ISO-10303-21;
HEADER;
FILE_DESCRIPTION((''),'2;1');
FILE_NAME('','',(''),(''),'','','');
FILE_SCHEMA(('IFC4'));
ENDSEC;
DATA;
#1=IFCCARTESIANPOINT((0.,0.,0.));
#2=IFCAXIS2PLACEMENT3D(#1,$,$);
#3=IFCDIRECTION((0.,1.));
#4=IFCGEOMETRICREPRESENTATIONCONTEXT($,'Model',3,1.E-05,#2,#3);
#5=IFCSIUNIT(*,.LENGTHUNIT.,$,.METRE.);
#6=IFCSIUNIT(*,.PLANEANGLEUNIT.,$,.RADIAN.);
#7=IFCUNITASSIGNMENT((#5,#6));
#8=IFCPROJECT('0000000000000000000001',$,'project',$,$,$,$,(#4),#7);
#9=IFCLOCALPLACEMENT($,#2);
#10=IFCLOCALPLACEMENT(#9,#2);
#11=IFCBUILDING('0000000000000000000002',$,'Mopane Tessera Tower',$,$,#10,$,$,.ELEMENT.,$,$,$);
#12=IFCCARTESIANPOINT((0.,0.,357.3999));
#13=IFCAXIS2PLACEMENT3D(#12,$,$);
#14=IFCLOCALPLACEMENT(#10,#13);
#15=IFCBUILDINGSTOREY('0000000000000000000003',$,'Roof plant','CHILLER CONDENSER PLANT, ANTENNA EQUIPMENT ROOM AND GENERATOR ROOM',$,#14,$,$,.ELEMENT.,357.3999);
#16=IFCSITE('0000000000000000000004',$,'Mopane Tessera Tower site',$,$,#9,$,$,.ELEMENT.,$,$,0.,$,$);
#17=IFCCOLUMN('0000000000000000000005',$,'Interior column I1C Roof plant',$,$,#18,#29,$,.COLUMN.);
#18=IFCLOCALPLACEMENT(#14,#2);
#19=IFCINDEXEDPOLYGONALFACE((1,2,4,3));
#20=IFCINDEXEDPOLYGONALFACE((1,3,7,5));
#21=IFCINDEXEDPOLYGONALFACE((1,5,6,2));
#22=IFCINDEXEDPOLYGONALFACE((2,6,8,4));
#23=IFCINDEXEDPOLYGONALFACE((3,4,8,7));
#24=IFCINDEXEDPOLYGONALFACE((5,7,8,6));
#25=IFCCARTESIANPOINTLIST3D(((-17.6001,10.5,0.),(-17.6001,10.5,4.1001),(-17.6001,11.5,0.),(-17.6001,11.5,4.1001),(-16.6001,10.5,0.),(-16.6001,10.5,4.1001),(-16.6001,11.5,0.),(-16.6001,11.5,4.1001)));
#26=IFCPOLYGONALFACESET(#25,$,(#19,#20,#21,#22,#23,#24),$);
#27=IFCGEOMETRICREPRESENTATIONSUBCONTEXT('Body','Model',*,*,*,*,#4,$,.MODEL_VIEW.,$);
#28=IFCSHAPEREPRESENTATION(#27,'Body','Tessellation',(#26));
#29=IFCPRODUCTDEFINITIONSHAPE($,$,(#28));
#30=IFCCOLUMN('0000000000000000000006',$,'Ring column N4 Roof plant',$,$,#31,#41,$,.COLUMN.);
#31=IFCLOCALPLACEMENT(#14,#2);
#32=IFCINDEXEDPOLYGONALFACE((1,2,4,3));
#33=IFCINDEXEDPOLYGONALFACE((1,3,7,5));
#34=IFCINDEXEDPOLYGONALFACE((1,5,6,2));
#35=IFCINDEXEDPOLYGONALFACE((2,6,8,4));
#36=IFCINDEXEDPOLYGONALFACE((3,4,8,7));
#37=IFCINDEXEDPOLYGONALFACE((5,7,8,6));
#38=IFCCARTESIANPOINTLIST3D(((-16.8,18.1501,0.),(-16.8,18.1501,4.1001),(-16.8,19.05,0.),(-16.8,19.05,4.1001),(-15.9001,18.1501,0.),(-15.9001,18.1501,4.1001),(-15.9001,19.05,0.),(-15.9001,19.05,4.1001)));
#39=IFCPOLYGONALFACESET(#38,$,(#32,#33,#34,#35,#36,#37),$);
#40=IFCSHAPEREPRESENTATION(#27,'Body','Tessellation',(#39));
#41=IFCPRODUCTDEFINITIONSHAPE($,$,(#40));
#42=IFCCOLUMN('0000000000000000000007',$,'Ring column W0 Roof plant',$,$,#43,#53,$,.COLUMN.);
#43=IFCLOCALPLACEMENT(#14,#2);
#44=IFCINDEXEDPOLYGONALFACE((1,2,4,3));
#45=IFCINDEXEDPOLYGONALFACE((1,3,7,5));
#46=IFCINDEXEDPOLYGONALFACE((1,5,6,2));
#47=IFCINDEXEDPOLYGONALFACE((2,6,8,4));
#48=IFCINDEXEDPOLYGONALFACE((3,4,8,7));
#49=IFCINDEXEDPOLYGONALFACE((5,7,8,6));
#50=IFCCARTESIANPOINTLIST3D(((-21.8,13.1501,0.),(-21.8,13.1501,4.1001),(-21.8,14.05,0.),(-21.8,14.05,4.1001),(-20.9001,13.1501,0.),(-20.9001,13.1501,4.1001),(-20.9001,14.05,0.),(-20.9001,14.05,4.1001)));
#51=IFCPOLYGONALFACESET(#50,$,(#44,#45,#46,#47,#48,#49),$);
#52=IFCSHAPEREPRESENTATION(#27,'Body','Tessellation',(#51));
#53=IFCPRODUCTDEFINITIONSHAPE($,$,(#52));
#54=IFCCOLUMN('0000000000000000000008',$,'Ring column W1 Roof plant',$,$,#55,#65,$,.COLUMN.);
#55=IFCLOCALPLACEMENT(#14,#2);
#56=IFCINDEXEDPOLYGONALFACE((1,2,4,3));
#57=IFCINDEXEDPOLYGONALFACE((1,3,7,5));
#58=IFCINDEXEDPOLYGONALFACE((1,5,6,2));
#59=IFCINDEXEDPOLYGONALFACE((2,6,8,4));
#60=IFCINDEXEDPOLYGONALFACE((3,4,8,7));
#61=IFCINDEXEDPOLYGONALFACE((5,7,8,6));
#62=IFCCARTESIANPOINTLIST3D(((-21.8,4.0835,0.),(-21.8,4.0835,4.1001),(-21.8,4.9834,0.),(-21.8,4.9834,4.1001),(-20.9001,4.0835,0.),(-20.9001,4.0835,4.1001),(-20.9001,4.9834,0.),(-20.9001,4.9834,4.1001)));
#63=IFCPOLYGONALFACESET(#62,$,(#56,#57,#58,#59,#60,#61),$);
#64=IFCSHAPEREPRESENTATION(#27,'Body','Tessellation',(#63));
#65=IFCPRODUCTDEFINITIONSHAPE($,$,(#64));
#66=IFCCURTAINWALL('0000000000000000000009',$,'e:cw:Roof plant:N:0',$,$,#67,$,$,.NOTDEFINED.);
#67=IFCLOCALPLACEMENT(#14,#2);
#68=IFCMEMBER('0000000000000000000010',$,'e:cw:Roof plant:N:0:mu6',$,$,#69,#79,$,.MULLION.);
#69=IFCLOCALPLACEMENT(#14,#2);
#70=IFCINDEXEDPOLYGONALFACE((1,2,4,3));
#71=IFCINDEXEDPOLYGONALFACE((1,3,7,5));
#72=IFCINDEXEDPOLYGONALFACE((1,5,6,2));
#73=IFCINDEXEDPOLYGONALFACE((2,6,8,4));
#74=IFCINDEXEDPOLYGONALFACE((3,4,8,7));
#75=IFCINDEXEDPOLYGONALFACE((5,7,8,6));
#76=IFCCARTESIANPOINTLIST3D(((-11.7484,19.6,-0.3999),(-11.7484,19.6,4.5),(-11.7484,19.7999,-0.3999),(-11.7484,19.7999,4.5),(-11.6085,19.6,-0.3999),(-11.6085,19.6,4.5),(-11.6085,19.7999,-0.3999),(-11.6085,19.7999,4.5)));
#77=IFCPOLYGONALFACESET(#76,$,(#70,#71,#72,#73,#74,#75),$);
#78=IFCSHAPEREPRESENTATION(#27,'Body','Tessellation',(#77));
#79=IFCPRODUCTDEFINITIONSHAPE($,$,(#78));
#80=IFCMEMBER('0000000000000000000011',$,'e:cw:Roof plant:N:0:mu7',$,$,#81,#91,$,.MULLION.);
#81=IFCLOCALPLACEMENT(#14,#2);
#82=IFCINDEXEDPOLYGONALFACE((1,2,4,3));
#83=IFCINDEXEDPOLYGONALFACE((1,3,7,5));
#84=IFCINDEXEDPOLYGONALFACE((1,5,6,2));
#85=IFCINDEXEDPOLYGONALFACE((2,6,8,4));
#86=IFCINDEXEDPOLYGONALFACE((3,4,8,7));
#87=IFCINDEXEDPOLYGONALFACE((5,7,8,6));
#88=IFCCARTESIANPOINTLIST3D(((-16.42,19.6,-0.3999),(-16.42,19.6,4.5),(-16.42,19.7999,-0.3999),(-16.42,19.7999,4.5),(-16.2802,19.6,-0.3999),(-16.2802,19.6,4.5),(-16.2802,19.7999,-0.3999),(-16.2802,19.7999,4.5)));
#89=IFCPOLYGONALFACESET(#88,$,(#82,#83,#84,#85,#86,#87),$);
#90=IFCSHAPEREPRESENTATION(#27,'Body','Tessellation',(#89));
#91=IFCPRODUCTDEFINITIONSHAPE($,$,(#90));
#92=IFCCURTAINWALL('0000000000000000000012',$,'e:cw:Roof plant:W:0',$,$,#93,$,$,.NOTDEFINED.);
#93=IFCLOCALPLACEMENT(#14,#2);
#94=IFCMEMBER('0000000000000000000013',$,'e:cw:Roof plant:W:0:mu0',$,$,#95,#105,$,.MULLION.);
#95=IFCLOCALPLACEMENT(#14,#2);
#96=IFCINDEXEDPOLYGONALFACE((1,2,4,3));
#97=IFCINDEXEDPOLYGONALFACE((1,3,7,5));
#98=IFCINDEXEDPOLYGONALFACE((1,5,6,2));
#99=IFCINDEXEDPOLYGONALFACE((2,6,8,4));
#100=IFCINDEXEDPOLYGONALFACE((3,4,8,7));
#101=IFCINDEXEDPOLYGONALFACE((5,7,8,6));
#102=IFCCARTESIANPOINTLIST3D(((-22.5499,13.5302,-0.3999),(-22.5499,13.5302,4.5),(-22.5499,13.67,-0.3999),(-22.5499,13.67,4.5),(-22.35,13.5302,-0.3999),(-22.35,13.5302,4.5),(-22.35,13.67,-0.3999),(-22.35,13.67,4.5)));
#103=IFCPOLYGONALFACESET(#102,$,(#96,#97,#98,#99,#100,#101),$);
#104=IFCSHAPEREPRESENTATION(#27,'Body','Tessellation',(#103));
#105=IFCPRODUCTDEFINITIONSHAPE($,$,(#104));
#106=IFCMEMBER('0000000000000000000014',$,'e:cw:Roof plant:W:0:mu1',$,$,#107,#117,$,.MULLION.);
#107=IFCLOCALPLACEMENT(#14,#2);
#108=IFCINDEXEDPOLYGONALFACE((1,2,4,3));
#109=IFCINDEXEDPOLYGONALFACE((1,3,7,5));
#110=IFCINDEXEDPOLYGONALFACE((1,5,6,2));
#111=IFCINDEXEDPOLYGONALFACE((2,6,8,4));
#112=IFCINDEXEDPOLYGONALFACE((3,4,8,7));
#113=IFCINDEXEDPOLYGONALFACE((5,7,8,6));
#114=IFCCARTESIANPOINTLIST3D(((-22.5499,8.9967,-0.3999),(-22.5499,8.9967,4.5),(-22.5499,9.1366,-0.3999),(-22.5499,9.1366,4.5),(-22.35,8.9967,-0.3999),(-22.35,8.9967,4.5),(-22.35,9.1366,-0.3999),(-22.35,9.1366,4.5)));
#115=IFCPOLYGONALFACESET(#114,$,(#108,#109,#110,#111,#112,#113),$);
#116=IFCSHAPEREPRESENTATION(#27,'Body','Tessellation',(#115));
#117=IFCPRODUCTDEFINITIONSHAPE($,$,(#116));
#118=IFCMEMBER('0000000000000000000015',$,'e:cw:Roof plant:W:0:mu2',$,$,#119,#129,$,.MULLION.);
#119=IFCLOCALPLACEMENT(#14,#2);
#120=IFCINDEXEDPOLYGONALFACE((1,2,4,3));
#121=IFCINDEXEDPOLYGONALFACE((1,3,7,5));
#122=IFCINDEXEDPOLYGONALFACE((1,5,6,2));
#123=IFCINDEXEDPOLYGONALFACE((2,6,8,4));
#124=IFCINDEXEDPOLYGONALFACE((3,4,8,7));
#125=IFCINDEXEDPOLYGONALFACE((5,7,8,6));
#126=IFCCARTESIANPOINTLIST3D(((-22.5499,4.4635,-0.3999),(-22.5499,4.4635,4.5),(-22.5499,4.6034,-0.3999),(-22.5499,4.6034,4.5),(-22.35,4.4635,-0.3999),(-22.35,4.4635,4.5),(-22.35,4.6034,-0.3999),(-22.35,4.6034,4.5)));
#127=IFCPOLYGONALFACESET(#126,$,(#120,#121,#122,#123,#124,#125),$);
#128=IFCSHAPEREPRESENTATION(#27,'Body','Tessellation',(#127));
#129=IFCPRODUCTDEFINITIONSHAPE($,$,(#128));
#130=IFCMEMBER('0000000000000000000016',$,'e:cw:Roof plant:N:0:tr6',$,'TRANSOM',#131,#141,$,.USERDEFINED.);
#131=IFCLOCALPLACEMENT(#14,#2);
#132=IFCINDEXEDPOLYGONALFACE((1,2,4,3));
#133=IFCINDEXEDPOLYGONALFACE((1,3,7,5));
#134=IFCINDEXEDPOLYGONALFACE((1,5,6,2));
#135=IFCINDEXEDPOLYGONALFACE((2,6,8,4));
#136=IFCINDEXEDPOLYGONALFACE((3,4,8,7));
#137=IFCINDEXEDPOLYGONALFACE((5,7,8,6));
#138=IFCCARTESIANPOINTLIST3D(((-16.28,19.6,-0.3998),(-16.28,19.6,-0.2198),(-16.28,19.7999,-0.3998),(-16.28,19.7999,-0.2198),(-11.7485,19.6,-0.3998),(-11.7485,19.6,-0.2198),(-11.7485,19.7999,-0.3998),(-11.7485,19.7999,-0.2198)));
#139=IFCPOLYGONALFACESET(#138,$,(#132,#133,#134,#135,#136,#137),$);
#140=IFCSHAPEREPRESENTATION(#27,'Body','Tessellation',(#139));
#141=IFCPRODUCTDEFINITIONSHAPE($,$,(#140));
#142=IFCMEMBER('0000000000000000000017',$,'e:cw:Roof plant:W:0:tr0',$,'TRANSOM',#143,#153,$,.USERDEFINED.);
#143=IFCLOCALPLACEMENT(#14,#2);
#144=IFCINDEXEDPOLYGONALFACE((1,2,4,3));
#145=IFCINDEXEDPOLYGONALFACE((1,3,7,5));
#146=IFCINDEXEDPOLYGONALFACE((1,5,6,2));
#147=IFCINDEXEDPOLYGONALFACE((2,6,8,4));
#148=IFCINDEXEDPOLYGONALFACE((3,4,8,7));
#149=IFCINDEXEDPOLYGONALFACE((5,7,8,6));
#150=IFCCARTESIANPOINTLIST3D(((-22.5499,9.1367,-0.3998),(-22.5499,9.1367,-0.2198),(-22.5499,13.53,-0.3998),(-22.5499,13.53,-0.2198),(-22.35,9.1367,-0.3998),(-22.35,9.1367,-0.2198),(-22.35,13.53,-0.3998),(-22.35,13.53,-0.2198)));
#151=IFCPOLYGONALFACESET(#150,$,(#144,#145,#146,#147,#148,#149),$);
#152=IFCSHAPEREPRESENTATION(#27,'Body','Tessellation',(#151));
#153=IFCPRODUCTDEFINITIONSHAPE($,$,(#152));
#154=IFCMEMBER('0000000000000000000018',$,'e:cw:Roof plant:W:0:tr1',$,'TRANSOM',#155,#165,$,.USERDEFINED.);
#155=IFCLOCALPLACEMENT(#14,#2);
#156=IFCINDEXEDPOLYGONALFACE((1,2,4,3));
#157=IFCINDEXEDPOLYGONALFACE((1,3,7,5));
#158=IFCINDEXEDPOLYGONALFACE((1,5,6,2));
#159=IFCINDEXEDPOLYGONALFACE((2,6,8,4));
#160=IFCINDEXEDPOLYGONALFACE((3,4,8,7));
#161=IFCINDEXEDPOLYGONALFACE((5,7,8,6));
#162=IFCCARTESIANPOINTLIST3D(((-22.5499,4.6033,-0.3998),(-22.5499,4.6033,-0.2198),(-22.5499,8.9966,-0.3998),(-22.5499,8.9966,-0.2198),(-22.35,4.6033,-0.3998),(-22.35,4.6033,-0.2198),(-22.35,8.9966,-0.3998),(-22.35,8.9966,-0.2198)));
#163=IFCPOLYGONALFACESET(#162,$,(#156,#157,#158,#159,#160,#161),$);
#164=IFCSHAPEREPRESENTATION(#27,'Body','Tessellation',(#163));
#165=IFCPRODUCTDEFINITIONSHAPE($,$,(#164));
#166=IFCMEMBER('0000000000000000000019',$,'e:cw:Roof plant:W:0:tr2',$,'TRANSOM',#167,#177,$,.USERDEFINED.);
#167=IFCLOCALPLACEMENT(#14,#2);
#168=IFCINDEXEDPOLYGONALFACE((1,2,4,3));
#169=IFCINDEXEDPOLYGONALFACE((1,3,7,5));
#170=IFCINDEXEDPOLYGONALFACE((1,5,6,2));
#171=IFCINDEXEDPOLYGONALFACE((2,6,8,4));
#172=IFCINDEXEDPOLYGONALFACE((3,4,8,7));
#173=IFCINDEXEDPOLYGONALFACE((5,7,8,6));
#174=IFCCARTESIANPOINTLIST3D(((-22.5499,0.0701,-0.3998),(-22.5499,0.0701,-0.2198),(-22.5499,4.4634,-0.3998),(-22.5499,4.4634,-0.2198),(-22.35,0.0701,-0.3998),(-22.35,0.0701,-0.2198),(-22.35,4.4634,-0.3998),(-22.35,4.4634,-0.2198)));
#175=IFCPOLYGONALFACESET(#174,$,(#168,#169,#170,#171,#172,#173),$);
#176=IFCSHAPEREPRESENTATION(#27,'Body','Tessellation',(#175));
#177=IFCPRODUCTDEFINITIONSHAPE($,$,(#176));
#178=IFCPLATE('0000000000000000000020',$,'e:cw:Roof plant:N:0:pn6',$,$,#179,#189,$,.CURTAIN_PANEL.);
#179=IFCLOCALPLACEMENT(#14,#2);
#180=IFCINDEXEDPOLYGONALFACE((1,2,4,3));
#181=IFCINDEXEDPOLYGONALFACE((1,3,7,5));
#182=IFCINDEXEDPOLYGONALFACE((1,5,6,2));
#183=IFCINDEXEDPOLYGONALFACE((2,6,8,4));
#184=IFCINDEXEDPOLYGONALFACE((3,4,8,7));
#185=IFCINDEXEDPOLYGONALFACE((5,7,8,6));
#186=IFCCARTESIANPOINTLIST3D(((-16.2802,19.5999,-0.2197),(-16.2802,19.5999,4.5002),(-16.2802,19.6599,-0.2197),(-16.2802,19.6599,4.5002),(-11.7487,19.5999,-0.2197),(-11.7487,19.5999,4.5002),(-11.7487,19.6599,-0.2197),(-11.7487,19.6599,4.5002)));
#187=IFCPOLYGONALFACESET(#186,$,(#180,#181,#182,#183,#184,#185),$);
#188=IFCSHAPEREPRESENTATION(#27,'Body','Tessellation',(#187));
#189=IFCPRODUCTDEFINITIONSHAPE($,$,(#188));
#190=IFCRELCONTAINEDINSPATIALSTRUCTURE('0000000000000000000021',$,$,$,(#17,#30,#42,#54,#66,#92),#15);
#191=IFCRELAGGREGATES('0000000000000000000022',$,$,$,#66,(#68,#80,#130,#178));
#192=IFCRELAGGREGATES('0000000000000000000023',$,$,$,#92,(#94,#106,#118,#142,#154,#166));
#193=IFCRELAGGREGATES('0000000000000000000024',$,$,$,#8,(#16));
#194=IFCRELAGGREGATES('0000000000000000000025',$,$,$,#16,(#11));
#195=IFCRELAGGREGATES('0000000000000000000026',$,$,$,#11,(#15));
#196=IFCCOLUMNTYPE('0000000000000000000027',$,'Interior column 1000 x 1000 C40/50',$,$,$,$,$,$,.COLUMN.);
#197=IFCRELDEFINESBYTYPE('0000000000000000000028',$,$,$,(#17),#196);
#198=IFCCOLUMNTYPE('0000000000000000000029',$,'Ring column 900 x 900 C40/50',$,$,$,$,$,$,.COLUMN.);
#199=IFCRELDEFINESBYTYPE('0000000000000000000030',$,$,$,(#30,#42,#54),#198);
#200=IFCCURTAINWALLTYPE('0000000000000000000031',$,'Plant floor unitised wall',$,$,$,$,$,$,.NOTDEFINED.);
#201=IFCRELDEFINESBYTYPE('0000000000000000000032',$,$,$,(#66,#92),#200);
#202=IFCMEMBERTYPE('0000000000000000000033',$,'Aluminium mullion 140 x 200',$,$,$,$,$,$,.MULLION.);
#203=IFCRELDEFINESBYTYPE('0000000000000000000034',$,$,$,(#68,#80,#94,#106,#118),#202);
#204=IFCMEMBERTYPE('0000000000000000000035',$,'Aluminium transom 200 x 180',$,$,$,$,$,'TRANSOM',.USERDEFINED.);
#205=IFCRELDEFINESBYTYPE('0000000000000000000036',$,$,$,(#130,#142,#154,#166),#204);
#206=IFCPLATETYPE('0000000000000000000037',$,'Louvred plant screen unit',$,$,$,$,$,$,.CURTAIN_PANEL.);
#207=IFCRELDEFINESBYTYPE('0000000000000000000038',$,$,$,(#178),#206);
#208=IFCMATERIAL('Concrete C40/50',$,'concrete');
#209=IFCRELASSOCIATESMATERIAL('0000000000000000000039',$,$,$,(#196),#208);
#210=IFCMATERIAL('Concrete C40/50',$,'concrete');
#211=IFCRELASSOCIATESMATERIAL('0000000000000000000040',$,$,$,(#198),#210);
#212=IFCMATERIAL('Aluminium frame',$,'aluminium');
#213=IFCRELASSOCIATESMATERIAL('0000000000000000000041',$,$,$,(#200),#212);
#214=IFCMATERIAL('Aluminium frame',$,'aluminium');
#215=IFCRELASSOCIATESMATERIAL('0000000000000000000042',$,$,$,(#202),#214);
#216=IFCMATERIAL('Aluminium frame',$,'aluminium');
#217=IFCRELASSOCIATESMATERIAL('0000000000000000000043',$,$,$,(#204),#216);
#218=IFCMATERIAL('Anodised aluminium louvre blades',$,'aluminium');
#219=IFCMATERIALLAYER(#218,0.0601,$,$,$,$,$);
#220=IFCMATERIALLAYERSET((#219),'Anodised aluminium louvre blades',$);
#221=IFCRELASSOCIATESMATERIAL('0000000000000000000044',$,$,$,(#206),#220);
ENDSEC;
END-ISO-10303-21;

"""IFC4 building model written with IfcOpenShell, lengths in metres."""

from ifc_helpers import new_model, si_unit, direction, frame, origin, origin_2d, place, context, subcontext, project, spatial, rectangle, extrude, material, layer, layer_set, material_profile, profile_set, type_object, element, aggregate, save


model = new_model("IFC4")

# Units and contexts
model_context = context("Model", 3, precision=1e-05, world=origin(), true_north=direction((0.0, 1.0)))
body_context = subcontext(model_context, "Body", "Model", "MODEL_VIEW")
ifc_project = project(units=[si_unit("LENGTHUNIT", "METRE"), si_unit("PLANEANGLEUNIT", "RADIAN")], contexts=[model_context])

# Site, building, storey
site_placement = place(None, origin())
site = spatial("IfcSite", under=ifc_project, at=site_placement, Name="Mopane Tessera Tower site", CompositionType="ELEMENT", RefElevation=0.0)
building_placement = place(site_placement, origin())
building = spatial("IfcBuilding", under=site, at=building_placement, Name="Mopane Tessera Tower", CompositionType="ELEMENT")
storey_placement = place(building_placement, frame((0.0, 0.0, 357.3999)))
storey = spatial("IfcBuildingStorey", under=building, at=storey_placement, Name="Roof plant", Description="CHILLER CONDENSER PLANT, ANTENNA EQUIPMENT ROOM AND GENERATOR ROOM", CompositionType="ELEMENT", Elevation=357.3999)

# Columns
ifc_material_1 = material(Name="Concrete C40/50", Category="concrete")
ifc_material_profile_1 = material_profile(ifc_material_1, rectangle(XDim=1.0, YDim=1.0, at=origin_2d()))
ifc_profile_set_1 = profile_set([ifc_material_profile_1], Name="Concrete C40/50")
column_type_1 = type_object("IfcColumnType", Name="Interior column 1000 x 1000 C40/50", PredefinedType="COLUMN", material=ifc_profile_set_1)
column_placement = place(storey_placement, frame((-17.1001, 11.0, 0.0), z_axis=(0.0, 0.0, 1.0), x_axis=(1.0, 0.0, 0.0)))
element("IfcColumn", 1, at=column_placement, inside=storey, type_object=column_type_1, Name="Interior column I1C Roof plant", PredefinedType="COLUMN", context=body_context, shape_type="SweptSolid", body=[
    extrude(rectangle(XDim=1.0, YDim=1.0, at=origin_2d()), origin(), (0.0, 0.0, 1.0), 4.1001),
])
ifc_material_2 = material(Name="Concrete C40/50", Category="concrete")
ifc_material_profile_2 = material_profile(ifc_material_2, rectangle(XDim=0.8999, YDim=0.8999, at=origin_2d()))
ifc_profile_set_2 = profile_set([ifc_material_profile_2], Name="Concrete C40/50")
column_type_2 = type_object("IfcColumnType", Name="Ring column 900 x 900 C40/50", PredefinedType="COLUMN", material=ifc_profile_set_2)
for number, where, z_axis, x_axis, name in (
    (2, (-16.3501, 18.6001, 0.0), (0.0, 0.0, 1.0), (1.0, 0.0, 0.0), "Ring column N4 Roof plant"),
    (3, (-21.3501, 13.6001, 0.0), (0.0, 0.0, 1.0), (1.0, 0.0, 0.0), "Ring column W0 Roof plant"),
    (4, (-21.3501, 4.5334, 0.0), (0.0, 0.0, 1.0), (1.0, 0.0, 0.0), "Ring column W1 Roof plant"),
):
    element("IfcColumn", number, at=place(storey_placement, frame(where, z_axis=z_axis, x_axis=x_axis)), inside=storey, type_object=column_type_2, Name=name, PredefinedType="COLUMN", context=body_context, shape_type="SweptSolid", body=[
        extrude(rectangle(XDim=0.8999, YDim=0.8999, at=origin_2d()), origin(), (0.0, 0.0, 1.0), 4.1001),
    ])

# Curtain walls, members
ifc_material_3 = material(Name="Aluminium frame", Category="aluminium")
curtain_wall_type = type_object("IfcCurtainWallType", Name="Plant floor unitised wall", PredefinedType="NOTDEFINED", material=ifc_material_3)
curtain_wall_1_placement = place(storey_placement, origin())
curtain_wall_1 = element("IfcCurtainWall", 5, at=curtain_wall_1_placement, inside=storey, type_object=curtain_wall_type, Name="e:cw:Roof plant:N:0", PredefinedType="NOTDEFINED")
ifc_material_4 = material(Name="Aluminium frame", Category="aluminium")
ifc_material_profile_3 = material_profile(ifc_material_4, rectangle(XDim=0.1399, YDim=0.2, at=origin_2d()))
ifc_profile_set_3 = profile_set([ifc_material_profile_3], Name="Aluminium frame")
member_type_1 = type_object("IfcMemberType", Name="Aluminium mullion 140 x 200", PredefinedType="MULLION", material=ifc_profile_set_3)
member_1_placement = place(storey_placement, frame((-11.6785, 19.7, -0.3999), z_axis=(0.0, 0.0, 1.0), x_axis=(-1.0, 0.0, 0.0)))
member_1 = element("IfcMember", 6, at=member_1_placement, type_object=member_type_1, Name="e:cw:Roof plant:N:0:mu6", PredefinedType="MULLION", context=body_context, shape_type="SweptSolid", body=[
    extrude(rectangle(XDim=0.1399, YDim=0.2, at=origin_2d()), origin(), (0.0, 0.0, 1.0), 4.8999),
])
member_2_placement = place(storey_placement, frame((-16.3501, 19.7, -0.3999), z_axis=(0.0, 0.0, 1.0), x_axis=(-1.0, 0.0, 0.0)))
member_2 = element("IfcMember", 7, at=member_2_placement, type_object=member_type_1, Name="e:cw:Roof plant:N:0:mu7", PredefinedType="MULLION", context=body_context, shape_type="SweptSolid", body=[
    extrude(rectangle(XDim=0.1399, YDim=0.2, at=origin_2d()), origin(), (0.0, 0.0, 1.0), 4.8999),
])
curtain_wall_2_placement = place(storey_placement, origin())
curtain_wall_2 = element("IfcCurtainWall", 8, at=curtain_wall_2_placement, inside=storey, type_object=curtain_wall_type, Name="e:cw:Roof plant:W:0", PredefinedType="NOTDEFINED")
member_3_placement = place(storey_placement, frame((-22.45, 13.6001, -0.3999), z_axis=(0.0, 0.0, 1.0), x_axis=(0.0, -1.0, 0.0)))
member_3 = element("IfcMember", 9, at=member_3_placement, type_object=member_type_1, Name="e:cw:Roof plant:W:0:mu0", PredefinedType="MULLION", context=body_context, shape_type="SweptSolid", body=[
    extrude(rectangle(XDim=0.1399, YDim=0.2, at=origin_2d()), origin(), (0.0, 0.0, 1.0), 4.8999),
])
member_4_placement = place(storey_placement, frame((-22.45, 9.0667, -0.3999), z_axis=(0.0, 0.0, 1.0), x_axis=(0.0, -1.0, 0.0)))
member_4 = element("IfcMember", 10, at=member_4_placement, type_object=member_type_1, Name="e:cw:Roof plant:W:0:mu1", PredefinedType="MULLION", context=body_context, shape_type="SweptSolid", body=[
    extrude(rectangle(XDim=0.1399, YDim=0.2, at=origin_2d()), origin(), (0.0, 0.0, 1.0), 4.8999),
])
member_5_placement = place(storey_placement, frame((-22.45, 4.5334, -0.3999), z_axis=(0.0, 0.0, 1.0), x_axis=(0.0, -1.0, 0.0)))
member_5 = element("IfcMember", 11, at=member_5_placement, type_object=member_type_1, Name="e:cw:Roof plant:W:0:mu2", PredefinedType="MULLION", context=body_context, shape_type="SweptSolid", body=[
    extrude(rectangle(XDim=0.1399, YDim=0.2, at=origin_2d()), origin(), (0.0, 0.0, 1.0), 4.8999),
])

# Members
ifc_material_5 = material(Name="Aluminium frame", Category="aluminium")
ifc_material_profile_4 = material_profile(ifc_material_5, rectangle(XDim=0.2, YDim=0.1799, at=origin_2d()))
ifc_profile_set_4 = profile_set([ifc_material_profile_4], Name="Aluminium frame")
member_type_2 = type_object("IfcMemberType", Name="Aluminium transom 200 x 180", ElementType="TRANSOM", PredefinedType="USERDEFINED", material=ifc_profile_set_4)
member_6_placement = place(storey_placement, frame((-11.7485, 19.7, -0.3098), z_axis=(-1.0, 0.0, 0.0), x_axis=(0.0, -1.0, 0.0)))
member_6 = element("IfcMember", 12, at=member_6_placement, type_object=member_type_2, Name="e:cw:Roof plant:N:0:tr6", ObjectType="TRANSOM", PredefinedType="USERDEFINED", context=body_context, shape_type="SweptSolid", body=[
    extrude(rectangle(XDim=0.2, YDim=0.1799, at=origin_2d()), origin(), (0.0, 0.0, 1.0), 4.5315),
])
member_7_placement = place(storey_placement, frame((-22.45, 13.53, -0.3098), z_axis=(0.0, -1.0, 0.0), x_axis=(1.0, 0.0, 0.0)))
member_7 = element("IfcMember", 13, at=member_7_placement, type_object=member_type_2, Name="e:cw:Roof plant:W:0:tr0", ObjectType="TRANSOM", PredefinedType="USERDEFINED", context=body_context, shape_type="SweptSolid", body=[
    extrude(rectangle(XDim=0.2, YDim=0.1799, at=origin_2d()), origin(), (0.0, 0.0, 1.0), 4.3933),
])
member_8_placement = place(storey_placement, frame((-22.45, 8.9966, -0.3098), z_axis=(0.0, -1.0, 0.0), x_axis=(1.0, 0.0, 0.0)))
member_8 = element("IfcMember", 14, at=member_8_placement, type_object=member_type_2, Name="e:cw:Roof plant:W:0:tr1", ObjectType="TRANSOM", PredefinedType="USERDEFINED", context=body_context, shape_type="SweptSolid", body=[
    extrude(rectangle(XDim=0.2, YDim=0.1799, at=origin_2d()), origin(), (0.0, 0.0, 1.0), 4.3933),
])
member_9_placement = place(storey_placement, frame((-22.45, 4.4634, -0.3098), z_axis=(0.0, -1.0, 0.0), x_axis=(1.0, 0.0, 0.0)))
member_9 = element("IfcMember", 15, at=member_9_placement, type_object=member_type_2, Name="e:cw:Roof plant:W:0:tr2", ObjectType="TRANSOM", PredefinedType="USERDEFINED", context=body_context, shape_type="SweptSolid", body=[
    extrude(rectangle(XDim=0.2, YDim=0.1799, at=origin_2d()), origin(), (0.0, 0.0, 1.0), 4.3933),
])

# Plate
ifc_material_6 = material(Name="Anodised aluminium louvre blades", Category="aluminium")
ifc_layer_1 = layer(ifc_material_6, 0.0601)
ifc_layer_set_1 = layer_set([ifc_layer_1], Name="Anodised aluminium louvre blades")
plate_type = type_object("IfcPlateType", Name="Louvred plant screen unit", PredefinedType="CURTAIN_PANEL", material=ifc_layer_set_1)
plate_1_placement = place(storey_placement, frame((-14.0144, 19.6299, -0.2197), z_axis=(0.0, 0.0, 1.0), x_axis=(-1.0, 0.0, 0.0)))
plate_1 = element("IfcPlate", 16, at=plate_1_placement, type_object=plate_type, Name="e:cw:Roof plant:N:0:pn6", PredefinedType="CURTAIN_PANEL", context=body_context, shape_type="SweptSolid", body=[
    extrude(rectangle(XDim=4.5315, YDim=0.0601, at=origin_2d()), origin(), (0.0, 0.0, 1.0), 4.72),
])
aggregate(curtain_wall_1, [member_1, member_2, member_6, plate_1])
aggregate(curtain_wall_2, [member_3, member_4, member_5, member_7, member_8, member_9])

save(model, "model.ifc")
